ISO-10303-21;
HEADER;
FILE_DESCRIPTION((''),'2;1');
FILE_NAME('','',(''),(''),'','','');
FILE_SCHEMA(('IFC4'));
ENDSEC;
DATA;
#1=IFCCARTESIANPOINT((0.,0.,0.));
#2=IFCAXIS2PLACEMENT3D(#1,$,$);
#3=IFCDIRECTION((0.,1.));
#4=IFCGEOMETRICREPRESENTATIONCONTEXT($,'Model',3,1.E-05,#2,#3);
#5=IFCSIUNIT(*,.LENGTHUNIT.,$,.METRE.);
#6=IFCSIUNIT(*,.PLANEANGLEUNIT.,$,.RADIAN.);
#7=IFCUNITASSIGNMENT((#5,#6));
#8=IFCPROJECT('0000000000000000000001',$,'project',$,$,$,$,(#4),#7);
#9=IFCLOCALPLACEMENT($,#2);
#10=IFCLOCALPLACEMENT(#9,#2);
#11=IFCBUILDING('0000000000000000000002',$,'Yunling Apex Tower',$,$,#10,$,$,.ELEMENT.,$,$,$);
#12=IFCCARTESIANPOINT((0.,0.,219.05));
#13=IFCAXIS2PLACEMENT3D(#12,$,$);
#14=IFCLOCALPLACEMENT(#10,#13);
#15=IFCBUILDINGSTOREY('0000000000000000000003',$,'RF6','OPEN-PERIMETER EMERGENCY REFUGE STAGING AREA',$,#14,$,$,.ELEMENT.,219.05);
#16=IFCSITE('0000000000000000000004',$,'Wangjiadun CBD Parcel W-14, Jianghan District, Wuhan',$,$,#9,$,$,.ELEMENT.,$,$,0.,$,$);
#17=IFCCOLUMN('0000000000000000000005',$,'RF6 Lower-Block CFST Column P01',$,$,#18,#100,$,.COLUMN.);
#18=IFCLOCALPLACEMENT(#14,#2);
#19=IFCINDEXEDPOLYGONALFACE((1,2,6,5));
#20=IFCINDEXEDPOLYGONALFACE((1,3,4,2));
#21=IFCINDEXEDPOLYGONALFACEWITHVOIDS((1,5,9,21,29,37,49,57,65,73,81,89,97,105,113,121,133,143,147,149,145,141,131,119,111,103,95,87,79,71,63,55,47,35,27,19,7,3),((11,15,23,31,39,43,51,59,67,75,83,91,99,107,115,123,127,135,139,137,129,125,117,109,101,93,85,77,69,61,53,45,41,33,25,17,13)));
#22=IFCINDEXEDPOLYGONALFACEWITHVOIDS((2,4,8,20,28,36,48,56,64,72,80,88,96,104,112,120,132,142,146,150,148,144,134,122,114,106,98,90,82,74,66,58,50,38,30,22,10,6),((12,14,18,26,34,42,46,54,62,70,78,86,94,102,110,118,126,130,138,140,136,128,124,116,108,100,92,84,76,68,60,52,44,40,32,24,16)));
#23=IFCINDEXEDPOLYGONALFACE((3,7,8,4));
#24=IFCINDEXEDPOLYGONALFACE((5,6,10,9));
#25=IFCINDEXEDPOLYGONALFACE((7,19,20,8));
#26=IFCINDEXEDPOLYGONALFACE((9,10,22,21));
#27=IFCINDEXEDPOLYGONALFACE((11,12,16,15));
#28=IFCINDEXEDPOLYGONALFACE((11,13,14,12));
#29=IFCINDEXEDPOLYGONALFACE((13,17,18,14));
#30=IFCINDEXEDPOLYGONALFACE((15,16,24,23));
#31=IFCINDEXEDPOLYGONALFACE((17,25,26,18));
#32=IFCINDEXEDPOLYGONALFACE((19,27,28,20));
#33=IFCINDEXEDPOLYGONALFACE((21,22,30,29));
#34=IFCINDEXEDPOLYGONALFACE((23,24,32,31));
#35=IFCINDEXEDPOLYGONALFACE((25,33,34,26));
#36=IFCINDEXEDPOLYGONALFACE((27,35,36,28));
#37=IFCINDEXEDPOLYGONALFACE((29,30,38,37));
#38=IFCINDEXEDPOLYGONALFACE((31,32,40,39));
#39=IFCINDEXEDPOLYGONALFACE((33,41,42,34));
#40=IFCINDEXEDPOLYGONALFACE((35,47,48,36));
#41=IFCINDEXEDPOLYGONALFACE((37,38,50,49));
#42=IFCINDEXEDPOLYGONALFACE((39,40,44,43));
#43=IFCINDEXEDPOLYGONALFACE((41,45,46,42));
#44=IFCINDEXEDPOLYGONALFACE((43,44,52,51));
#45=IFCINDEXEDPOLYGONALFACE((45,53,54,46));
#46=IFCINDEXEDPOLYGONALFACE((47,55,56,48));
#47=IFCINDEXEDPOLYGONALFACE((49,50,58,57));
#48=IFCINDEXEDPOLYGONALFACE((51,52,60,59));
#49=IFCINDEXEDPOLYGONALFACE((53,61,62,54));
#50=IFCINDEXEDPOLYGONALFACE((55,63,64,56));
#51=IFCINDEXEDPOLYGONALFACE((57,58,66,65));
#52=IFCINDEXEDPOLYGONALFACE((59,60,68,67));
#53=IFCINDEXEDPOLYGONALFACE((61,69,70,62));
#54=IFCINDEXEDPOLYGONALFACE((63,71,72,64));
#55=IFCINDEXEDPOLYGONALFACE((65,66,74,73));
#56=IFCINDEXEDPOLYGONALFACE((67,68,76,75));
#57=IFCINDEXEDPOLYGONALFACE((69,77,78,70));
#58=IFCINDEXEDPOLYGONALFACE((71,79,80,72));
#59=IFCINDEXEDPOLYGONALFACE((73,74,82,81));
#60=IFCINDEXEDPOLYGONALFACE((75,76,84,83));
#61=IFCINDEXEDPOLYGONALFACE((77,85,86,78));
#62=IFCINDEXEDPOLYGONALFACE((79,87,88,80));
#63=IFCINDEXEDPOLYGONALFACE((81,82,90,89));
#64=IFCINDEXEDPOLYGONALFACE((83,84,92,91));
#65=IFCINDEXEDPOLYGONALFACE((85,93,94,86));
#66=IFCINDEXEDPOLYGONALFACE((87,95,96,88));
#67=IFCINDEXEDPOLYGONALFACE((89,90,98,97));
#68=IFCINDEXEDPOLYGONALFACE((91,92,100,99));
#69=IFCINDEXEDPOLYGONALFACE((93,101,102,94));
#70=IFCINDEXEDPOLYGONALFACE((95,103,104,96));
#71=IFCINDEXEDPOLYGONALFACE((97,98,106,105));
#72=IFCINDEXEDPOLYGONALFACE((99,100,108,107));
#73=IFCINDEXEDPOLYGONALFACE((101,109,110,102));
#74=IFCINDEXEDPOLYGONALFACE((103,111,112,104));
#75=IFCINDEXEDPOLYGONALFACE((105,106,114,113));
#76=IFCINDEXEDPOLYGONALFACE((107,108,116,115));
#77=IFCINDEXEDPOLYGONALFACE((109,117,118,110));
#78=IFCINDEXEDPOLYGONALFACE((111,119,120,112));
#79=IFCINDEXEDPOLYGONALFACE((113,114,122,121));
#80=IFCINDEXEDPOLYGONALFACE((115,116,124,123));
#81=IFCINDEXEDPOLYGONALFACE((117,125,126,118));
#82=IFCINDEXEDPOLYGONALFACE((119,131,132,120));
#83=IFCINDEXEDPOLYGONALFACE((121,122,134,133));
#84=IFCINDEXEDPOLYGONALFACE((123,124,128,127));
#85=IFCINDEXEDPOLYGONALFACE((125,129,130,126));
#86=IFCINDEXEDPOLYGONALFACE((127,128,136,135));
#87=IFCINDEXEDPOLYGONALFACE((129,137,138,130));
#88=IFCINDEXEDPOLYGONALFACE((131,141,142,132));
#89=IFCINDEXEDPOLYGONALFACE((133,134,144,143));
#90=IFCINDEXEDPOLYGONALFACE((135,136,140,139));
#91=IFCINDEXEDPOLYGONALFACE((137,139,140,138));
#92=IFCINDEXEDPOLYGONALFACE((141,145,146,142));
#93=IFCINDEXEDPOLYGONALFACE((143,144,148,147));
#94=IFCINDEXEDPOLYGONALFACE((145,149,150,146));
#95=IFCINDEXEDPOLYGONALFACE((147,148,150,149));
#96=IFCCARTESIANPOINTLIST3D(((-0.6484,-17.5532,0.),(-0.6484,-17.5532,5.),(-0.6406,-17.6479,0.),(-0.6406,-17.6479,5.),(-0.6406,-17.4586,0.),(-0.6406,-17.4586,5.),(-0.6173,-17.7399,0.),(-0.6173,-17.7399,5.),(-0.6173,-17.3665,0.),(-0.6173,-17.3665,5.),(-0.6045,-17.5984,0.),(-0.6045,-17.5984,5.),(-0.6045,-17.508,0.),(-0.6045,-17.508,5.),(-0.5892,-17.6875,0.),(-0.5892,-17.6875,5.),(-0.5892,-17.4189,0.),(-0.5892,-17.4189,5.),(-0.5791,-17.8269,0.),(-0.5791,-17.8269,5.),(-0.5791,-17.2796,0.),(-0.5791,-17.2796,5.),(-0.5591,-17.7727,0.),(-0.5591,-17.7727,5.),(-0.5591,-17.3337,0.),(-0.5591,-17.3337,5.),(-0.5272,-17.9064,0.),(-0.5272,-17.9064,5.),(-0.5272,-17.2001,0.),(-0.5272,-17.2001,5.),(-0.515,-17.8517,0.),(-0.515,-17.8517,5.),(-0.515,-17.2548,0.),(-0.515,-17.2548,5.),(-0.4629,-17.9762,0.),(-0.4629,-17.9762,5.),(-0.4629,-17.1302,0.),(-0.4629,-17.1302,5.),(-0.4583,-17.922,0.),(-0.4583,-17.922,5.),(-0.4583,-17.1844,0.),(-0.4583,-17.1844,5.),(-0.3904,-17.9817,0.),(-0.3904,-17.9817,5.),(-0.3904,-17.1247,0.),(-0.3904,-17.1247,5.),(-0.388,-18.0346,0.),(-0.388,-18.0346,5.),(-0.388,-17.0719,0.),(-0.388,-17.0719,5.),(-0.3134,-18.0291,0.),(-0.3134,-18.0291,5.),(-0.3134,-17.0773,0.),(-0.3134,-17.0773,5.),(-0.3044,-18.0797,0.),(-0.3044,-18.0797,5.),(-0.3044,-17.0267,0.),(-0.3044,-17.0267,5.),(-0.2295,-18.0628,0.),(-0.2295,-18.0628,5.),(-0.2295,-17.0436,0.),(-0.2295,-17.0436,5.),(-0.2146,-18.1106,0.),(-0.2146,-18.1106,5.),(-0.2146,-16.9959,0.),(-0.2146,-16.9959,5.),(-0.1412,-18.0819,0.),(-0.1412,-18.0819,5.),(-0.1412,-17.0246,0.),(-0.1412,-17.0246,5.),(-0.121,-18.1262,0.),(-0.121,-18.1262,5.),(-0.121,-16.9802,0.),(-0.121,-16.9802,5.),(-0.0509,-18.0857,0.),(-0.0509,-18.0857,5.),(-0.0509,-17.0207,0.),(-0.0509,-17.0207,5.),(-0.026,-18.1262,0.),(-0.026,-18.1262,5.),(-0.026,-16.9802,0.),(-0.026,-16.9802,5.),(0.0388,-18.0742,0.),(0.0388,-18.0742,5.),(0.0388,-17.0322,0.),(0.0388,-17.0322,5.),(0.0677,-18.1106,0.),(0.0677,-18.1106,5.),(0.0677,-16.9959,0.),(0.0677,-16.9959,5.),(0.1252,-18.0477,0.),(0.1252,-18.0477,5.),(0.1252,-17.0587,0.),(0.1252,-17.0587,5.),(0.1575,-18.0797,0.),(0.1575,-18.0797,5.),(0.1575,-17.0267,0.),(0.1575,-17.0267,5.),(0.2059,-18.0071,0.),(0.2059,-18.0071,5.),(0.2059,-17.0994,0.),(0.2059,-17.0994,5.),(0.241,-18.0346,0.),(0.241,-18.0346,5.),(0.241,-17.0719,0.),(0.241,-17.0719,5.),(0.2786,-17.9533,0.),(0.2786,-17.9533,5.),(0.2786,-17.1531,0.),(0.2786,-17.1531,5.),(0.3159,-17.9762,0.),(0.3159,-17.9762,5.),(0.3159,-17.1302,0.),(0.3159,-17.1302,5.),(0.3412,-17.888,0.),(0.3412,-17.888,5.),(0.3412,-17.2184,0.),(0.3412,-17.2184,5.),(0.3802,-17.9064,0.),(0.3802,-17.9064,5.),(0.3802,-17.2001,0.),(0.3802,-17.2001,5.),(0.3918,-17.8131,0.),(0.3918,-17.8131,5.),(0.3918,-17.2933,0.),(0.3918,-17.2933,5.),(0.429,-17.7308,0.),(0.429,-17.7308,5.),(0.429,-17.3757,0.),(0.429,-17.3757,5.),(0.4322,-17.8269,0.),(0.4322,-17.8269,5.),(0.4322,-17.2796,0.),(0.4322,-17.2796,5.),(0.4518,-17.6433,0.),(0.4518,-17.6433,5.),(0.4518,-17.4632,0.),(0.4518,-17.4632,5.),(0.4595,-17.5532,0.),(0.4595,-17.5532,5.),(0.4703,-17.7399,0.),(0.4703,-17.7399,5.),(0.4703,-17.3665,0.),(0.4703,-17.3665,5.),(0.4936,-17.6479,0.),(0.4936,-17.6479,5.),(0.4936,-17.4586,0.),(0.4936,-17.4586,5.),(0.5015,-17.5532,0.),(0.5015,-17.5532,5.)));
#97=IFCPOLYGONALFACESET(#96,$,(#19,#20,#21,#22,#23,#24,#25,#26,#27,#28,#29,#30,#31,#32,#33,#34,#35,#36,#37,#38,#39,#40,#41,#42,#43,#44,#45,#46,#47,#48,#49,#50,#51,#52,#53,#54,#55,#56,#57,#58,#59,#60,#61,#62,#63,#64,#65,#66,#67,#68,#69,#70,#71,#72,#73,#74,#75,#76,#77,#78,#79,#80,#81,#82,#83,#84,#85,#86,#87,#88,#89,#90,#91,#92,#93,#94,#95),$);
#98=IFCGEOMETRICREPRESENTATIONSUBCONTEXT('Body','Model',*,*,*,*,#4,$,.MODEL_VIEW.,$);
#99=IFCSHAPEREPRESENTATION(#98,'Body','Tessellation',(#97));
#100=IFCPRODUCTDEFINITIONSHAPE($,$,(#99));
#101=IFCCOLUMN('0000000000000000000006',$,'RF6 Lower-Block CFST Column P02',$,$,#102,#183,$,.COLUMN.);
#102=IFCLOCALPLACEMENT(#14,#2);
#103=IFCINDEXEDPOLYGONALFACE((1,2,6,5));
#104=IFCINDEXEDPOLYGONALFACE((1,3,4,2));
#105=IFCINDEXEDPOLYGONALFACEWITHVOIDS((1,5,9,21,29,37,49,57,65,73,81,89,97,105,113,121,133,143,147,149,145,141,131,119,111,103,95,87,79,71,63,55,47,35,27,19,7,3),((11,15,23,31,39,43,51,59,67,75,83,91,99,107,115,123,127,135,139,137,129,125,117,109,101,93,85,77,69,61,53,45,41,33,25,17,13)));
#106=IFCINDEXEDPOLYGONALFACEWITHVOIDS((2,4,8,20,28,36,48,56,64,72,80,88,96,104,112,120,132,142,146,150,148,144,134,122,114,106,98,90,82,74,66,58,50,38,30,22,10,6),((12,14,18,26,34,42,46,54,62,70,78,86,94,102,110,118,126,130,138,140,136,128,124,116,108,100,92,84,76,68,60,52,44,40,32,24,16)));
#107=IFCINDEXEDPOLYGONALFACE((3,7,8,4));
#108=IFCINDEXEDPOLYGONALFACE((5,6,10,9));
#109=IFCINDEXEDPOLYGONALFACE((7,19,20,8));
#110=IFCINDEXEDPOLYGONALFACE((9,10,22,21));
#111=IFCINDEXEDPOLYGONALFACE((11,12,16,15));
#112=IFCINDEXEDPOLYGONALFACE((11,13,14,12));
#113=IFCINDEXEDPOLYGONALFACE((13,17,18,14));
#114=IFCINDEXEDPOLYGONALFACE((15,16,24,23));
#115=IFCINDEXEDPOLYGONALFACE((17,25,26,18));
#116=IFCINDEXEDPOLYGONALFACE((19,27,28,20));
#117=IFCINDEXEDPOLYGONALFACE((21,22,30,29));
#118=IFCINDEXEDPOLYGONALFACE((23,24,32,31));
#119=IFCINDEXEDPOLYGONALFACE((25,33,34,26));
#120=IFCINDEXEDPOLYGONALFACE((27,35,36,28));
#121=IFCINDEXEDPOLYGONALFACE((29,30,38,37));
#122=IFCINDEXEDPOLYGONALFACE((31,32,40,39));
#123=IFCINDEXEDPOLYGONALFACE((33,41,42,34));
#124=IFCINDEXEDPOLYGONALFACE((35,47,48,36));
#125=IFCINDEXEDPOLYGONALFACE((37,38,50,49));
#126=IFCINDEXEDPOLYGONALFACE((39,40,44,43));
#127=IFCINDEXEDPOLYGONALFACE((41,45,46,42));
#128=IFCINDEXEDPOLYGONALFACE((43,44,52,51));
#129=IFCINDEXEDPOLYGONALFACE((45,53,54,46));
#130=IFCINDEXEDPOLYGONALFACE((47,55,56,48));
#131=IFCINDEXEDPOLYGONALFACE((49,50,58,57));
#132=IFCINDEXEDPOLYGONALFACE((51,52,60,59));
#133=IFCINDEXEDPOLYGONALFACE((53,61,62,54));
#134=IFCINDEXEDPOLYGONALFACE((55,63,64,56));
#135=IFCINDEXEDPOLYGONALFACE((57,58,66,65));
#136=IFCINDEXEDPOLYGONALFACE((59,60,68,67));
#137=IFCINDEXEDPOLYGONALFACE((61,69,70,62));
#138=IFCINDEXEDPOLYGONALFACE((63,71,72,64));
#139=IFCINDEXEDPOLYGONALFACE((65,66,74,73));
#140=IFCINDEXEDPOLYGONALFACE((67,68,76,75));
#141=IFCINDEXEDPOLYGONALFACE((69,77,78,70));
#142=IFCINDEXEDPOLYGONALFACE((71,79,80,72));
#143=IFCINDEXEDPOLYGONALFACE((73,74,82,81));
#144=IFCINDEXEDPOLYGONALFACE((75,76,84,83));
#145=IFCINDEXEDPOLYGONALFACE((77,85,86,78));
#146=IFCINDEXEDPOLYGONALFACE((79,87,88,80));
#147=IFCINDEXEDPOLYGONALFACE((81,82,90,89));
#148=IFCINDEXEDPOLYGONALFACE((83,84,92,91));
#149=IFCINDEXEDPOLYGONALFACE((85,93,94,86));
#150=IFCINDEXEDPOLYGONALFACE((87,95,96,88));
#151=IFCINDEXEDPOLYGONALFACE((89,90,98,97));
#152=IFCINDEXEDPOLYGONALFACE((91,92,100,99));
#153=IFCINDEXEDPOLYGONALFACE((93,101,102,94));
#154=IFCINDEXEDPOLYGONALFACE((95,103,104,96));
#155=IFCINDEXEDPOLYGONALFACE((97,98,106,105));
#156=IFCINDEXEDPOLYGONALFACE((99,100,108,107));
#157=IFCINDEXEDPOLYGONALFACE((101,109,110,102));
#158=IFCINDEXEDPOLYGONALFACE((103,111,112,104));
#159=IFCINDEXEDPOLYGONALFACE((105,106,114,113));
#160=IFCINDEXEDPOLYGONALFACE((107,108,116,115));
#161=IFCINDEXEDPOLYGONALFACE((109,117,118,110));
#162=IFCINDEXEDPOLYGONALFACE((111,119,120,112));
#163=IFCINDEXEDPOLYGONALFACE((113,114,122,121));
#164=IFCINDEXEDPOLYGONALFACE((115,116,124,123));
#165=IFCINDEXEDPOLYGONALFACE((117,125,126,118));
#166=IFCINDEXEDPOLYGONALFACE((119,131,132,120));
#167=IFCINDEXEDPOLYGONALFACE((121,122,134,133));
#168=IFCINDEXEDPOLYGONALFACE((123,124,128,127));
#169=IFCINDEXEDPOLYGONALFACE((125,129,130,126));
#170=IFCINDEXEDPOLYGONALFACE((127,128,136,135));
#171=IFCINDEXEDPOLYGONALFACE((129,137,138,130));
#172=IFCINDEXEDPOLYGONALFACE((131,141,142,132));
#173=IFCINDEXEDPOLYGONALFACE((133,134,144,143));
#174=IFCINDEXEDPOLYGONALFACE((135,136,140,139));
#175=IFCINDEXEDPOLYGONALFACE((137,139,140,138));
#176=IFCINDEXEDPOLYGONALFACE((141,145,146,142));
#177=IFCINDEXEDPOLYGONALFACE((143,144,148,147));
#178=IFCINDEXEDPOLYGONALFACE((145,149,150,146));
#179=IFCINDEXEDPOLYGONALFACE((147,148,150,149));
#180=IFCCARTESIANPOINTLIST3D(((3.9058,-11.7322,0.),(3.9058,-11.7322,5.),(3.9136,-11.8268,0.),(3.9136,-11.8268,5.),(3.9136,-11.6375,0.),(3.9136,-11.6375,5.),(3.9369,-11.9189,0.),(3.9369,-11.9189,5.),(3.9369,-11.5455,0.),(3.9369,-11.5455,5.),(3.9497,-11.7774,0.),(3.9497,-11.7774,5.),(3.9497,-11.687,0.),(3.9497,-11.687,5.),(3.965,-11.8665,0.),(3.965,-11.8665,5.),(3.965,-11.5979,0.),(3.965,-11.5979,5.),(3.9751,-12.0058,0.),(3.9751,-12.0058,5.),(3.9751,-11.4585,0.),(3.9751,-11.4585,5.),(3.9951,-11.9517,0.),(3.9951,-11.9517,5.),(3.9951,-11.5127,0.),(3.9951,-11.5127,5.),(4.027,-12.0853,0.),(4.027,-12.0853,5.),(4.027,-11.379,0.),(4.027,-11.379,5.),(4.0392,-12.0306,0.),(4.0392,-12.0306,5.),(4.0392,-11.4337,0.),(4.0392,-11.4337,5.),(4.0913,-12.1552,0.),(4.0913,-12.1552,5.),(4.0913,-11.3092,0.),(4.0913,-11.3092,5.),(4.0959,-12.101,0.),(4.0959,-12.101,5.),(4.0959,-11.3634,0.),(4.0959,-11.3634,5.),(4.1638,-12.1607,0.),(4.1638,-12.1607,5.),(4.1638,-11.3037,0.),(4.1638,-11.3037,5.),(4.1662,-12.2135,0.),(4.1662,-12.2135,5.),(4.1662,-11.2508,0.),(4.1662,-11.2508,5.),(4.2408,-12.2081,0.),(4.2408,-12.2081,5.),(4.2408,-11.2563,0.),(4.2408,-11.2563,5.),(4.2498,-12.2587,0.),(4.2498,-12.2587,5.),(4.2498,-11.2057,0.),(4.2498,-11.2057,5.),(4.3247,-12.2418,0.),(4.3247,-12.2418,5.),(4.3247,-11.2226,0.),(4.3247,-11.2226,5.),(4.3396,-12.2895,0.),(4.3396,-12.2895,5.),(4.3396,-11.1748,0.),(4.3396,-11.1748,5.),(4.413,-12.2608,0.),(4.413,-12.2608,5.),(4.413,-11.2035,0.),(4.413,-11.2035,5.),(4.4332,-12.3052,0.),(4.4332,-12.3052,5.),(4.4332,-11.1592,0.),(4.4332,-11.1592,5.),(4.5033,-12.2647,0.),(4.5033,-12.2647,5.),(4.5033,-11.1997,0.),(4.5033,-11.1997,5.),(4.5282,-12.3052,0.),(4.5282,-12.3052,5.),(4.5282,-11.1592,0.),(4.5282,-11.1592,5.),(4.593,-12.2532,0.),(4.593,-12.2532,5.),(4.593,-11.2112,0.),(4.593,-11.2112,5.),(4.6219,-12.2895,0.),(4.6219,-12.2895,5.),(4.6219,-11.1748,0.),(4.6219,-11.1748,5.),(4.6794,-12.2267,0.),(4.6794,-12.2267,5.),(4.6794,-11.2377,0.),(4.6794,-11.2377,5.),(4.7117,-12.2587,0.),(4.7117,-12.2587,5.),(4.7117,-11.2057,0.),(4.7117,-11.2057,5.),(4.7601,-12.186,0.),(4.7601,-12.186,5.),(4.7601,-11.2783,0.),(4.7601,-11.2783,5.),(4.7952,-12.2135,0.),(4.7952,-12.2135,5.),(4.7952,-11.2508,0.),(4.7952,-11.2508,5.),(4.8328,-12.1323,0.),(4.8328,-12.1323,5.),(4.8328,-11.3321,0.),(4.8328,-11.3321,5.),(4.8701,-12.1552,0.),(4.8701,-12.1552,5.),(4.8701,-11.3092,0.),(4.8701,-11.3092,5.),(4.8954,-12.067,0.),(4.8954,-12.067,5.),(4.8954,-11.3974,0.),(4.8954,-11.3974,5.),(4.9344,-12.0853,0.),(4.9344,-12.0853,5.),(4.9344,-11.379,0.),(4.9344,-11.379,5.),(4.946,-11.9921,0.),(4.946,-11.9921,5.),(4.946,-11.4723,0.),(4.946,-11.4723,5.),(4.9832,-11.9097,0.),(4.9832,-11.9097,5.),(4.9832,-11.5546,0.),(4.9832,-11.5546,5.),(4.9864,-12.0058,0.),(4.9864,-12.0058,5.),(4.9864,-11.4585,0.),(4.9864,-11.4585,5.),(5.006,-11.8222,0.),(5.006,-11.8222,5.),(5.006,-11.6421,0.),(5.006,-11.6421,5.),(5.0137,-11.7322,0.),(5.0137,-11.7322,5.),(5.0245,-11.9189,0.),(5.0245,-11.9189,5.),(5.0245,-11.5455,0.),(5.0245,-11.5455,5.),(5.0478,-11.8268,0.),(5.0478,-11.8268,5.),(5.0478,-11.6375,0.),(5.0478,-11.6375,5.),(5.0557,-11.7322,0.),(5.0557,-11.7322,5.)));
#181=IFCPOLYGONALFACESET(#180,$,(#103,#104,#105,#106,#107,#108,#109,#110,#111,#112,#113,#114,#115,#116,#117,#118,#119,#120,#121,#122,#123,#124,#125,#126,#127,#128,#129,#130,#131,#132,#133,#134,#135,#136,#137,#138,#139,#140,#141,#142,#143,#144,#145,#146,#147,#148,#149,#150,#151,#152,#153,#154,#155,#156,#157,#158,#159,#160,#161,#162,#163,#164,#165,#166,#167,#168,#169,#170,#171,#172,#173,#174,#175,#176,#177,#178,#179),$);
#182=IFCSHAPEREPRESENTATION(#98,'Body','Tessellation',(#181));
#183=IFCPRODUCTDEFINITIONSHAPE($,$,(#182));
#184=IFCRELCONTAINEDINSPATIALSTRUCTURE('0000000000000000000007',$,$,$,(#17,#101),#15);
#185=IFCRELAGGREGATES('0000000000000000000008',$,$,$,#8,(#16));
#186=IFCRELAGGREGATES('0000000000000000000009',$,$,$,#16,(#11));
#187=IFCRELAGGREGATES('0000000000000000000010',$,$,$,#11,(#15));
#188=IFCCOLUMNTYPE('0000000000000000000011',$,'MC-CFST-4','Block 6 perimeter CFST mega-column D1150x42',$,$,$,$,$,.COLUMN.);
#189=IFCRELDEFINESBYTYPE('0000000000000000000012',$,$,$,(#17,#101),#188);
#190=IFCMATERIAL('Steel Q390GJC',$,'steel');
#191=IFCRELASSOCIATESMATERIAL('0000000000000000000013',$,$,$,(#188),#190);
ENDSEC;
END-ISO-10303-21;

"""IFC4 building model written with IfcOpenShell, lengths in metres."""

from ifc_helpers import new_model, si_unit, direction, frame, origin, origin_2d, place, context, subcontext, project, spatial, hollow_circle, extrude, source, transform, mapped, material, material_profile, profile_set, type_object, element, save


model = new_model("IFC4")

# Units and contexts
model_context = context("Model", 3, precision=1e-05, world=origin(), true_north=direction((0.0, 1.0)))
body_context = subcontext(model_context, "Body", "Model", "MODEL_VIEW")
ifc_project = project(units=[si_unit("LENGTHUNIT", "METRE"), si_unit("PLANEANGLEUNIT", "RADIAN")], contexts=[model_context])

# Site, building, storey
site_placement = place(None, origin())
site = spatial("IfcSite", under=ifc_project, at=site_placement, Name="Wangjiadun CBD Parcel W-14, Jianghan District, Wuhan", CompositionType="ELEMENT", RefElevation=0.0)
building_placement = place(site_placement, origin())
building = spatial("IfcBuilding", under=site, at=building_placement, Name="Yunling Apex Tower", CompositionType="ELEMENT")
storey_placement = place(building_placement, frame((0.0, 0.0, 219.05)))
storey = spatial("IfcBuildingStorey", under=building, at=storey_placement, Name="RF6", Description="OPEN-PERIMETER EMERGENCY REFUGE STAGING AREA", CompositionType="ELEMENT", Elevation=219.05)

# Columns
ifc_material_1 = material(Name="Steel Q390GJC", Category="steel")
ifc_material_profile_1 = material_profile(ifc_material_1, hollow_circle(Radius=0.575, WallThickness=0.042, at=origin_2d()))
ifc_profile_set_1 = profile_set([ifc_material_profile_1], Name="Steel Q390GJC")
column_type = type_object("IfcColumnType", Name="MC-CFST-4", Description="Block 6 perimeter CFST mega-column D1150x42", PredefinedType="COLUMN", material=ifc_profile_set_1)
shared_shape_1 = source(origin(), body_context, "Body", "SweptSolid", [
    extrude(hollow_circle(Radius=0.575, WallThickness=0.042, at=origin_2d()), origin(), (0.0, 0.0, 1.0), 5.0),
])
for number, where, z_axis, x_axis, name in (
    (1, (-0.0735, -17.5532, 0.0), (0.0, 0.0, 1.0), (1.0, 0.0, 0.0), "RF6 Lower-Block CFST Column P01"),
    (2, (4.4807, -11.7322, 0.0), (0.0, 0.0, 1.0), (1.0, 0.0, 0.0), "RF6 Lower-Block CFST Column P02"),
):
    element("IfcColumn", number, at=place(storey_placement, frame(where, z_axis=z_axis, x_axis=x_axis)), inside=storey, type_object=column_type, Name=name, PredefinedType="COLUMN", context=body_context, shape_type="MappedRepresentation", body=[
        mapped(shared_shape_1, transform((0.0, 0.0, 0.0), scale=1.0)),
    ])

save(model, "model.ifc")
